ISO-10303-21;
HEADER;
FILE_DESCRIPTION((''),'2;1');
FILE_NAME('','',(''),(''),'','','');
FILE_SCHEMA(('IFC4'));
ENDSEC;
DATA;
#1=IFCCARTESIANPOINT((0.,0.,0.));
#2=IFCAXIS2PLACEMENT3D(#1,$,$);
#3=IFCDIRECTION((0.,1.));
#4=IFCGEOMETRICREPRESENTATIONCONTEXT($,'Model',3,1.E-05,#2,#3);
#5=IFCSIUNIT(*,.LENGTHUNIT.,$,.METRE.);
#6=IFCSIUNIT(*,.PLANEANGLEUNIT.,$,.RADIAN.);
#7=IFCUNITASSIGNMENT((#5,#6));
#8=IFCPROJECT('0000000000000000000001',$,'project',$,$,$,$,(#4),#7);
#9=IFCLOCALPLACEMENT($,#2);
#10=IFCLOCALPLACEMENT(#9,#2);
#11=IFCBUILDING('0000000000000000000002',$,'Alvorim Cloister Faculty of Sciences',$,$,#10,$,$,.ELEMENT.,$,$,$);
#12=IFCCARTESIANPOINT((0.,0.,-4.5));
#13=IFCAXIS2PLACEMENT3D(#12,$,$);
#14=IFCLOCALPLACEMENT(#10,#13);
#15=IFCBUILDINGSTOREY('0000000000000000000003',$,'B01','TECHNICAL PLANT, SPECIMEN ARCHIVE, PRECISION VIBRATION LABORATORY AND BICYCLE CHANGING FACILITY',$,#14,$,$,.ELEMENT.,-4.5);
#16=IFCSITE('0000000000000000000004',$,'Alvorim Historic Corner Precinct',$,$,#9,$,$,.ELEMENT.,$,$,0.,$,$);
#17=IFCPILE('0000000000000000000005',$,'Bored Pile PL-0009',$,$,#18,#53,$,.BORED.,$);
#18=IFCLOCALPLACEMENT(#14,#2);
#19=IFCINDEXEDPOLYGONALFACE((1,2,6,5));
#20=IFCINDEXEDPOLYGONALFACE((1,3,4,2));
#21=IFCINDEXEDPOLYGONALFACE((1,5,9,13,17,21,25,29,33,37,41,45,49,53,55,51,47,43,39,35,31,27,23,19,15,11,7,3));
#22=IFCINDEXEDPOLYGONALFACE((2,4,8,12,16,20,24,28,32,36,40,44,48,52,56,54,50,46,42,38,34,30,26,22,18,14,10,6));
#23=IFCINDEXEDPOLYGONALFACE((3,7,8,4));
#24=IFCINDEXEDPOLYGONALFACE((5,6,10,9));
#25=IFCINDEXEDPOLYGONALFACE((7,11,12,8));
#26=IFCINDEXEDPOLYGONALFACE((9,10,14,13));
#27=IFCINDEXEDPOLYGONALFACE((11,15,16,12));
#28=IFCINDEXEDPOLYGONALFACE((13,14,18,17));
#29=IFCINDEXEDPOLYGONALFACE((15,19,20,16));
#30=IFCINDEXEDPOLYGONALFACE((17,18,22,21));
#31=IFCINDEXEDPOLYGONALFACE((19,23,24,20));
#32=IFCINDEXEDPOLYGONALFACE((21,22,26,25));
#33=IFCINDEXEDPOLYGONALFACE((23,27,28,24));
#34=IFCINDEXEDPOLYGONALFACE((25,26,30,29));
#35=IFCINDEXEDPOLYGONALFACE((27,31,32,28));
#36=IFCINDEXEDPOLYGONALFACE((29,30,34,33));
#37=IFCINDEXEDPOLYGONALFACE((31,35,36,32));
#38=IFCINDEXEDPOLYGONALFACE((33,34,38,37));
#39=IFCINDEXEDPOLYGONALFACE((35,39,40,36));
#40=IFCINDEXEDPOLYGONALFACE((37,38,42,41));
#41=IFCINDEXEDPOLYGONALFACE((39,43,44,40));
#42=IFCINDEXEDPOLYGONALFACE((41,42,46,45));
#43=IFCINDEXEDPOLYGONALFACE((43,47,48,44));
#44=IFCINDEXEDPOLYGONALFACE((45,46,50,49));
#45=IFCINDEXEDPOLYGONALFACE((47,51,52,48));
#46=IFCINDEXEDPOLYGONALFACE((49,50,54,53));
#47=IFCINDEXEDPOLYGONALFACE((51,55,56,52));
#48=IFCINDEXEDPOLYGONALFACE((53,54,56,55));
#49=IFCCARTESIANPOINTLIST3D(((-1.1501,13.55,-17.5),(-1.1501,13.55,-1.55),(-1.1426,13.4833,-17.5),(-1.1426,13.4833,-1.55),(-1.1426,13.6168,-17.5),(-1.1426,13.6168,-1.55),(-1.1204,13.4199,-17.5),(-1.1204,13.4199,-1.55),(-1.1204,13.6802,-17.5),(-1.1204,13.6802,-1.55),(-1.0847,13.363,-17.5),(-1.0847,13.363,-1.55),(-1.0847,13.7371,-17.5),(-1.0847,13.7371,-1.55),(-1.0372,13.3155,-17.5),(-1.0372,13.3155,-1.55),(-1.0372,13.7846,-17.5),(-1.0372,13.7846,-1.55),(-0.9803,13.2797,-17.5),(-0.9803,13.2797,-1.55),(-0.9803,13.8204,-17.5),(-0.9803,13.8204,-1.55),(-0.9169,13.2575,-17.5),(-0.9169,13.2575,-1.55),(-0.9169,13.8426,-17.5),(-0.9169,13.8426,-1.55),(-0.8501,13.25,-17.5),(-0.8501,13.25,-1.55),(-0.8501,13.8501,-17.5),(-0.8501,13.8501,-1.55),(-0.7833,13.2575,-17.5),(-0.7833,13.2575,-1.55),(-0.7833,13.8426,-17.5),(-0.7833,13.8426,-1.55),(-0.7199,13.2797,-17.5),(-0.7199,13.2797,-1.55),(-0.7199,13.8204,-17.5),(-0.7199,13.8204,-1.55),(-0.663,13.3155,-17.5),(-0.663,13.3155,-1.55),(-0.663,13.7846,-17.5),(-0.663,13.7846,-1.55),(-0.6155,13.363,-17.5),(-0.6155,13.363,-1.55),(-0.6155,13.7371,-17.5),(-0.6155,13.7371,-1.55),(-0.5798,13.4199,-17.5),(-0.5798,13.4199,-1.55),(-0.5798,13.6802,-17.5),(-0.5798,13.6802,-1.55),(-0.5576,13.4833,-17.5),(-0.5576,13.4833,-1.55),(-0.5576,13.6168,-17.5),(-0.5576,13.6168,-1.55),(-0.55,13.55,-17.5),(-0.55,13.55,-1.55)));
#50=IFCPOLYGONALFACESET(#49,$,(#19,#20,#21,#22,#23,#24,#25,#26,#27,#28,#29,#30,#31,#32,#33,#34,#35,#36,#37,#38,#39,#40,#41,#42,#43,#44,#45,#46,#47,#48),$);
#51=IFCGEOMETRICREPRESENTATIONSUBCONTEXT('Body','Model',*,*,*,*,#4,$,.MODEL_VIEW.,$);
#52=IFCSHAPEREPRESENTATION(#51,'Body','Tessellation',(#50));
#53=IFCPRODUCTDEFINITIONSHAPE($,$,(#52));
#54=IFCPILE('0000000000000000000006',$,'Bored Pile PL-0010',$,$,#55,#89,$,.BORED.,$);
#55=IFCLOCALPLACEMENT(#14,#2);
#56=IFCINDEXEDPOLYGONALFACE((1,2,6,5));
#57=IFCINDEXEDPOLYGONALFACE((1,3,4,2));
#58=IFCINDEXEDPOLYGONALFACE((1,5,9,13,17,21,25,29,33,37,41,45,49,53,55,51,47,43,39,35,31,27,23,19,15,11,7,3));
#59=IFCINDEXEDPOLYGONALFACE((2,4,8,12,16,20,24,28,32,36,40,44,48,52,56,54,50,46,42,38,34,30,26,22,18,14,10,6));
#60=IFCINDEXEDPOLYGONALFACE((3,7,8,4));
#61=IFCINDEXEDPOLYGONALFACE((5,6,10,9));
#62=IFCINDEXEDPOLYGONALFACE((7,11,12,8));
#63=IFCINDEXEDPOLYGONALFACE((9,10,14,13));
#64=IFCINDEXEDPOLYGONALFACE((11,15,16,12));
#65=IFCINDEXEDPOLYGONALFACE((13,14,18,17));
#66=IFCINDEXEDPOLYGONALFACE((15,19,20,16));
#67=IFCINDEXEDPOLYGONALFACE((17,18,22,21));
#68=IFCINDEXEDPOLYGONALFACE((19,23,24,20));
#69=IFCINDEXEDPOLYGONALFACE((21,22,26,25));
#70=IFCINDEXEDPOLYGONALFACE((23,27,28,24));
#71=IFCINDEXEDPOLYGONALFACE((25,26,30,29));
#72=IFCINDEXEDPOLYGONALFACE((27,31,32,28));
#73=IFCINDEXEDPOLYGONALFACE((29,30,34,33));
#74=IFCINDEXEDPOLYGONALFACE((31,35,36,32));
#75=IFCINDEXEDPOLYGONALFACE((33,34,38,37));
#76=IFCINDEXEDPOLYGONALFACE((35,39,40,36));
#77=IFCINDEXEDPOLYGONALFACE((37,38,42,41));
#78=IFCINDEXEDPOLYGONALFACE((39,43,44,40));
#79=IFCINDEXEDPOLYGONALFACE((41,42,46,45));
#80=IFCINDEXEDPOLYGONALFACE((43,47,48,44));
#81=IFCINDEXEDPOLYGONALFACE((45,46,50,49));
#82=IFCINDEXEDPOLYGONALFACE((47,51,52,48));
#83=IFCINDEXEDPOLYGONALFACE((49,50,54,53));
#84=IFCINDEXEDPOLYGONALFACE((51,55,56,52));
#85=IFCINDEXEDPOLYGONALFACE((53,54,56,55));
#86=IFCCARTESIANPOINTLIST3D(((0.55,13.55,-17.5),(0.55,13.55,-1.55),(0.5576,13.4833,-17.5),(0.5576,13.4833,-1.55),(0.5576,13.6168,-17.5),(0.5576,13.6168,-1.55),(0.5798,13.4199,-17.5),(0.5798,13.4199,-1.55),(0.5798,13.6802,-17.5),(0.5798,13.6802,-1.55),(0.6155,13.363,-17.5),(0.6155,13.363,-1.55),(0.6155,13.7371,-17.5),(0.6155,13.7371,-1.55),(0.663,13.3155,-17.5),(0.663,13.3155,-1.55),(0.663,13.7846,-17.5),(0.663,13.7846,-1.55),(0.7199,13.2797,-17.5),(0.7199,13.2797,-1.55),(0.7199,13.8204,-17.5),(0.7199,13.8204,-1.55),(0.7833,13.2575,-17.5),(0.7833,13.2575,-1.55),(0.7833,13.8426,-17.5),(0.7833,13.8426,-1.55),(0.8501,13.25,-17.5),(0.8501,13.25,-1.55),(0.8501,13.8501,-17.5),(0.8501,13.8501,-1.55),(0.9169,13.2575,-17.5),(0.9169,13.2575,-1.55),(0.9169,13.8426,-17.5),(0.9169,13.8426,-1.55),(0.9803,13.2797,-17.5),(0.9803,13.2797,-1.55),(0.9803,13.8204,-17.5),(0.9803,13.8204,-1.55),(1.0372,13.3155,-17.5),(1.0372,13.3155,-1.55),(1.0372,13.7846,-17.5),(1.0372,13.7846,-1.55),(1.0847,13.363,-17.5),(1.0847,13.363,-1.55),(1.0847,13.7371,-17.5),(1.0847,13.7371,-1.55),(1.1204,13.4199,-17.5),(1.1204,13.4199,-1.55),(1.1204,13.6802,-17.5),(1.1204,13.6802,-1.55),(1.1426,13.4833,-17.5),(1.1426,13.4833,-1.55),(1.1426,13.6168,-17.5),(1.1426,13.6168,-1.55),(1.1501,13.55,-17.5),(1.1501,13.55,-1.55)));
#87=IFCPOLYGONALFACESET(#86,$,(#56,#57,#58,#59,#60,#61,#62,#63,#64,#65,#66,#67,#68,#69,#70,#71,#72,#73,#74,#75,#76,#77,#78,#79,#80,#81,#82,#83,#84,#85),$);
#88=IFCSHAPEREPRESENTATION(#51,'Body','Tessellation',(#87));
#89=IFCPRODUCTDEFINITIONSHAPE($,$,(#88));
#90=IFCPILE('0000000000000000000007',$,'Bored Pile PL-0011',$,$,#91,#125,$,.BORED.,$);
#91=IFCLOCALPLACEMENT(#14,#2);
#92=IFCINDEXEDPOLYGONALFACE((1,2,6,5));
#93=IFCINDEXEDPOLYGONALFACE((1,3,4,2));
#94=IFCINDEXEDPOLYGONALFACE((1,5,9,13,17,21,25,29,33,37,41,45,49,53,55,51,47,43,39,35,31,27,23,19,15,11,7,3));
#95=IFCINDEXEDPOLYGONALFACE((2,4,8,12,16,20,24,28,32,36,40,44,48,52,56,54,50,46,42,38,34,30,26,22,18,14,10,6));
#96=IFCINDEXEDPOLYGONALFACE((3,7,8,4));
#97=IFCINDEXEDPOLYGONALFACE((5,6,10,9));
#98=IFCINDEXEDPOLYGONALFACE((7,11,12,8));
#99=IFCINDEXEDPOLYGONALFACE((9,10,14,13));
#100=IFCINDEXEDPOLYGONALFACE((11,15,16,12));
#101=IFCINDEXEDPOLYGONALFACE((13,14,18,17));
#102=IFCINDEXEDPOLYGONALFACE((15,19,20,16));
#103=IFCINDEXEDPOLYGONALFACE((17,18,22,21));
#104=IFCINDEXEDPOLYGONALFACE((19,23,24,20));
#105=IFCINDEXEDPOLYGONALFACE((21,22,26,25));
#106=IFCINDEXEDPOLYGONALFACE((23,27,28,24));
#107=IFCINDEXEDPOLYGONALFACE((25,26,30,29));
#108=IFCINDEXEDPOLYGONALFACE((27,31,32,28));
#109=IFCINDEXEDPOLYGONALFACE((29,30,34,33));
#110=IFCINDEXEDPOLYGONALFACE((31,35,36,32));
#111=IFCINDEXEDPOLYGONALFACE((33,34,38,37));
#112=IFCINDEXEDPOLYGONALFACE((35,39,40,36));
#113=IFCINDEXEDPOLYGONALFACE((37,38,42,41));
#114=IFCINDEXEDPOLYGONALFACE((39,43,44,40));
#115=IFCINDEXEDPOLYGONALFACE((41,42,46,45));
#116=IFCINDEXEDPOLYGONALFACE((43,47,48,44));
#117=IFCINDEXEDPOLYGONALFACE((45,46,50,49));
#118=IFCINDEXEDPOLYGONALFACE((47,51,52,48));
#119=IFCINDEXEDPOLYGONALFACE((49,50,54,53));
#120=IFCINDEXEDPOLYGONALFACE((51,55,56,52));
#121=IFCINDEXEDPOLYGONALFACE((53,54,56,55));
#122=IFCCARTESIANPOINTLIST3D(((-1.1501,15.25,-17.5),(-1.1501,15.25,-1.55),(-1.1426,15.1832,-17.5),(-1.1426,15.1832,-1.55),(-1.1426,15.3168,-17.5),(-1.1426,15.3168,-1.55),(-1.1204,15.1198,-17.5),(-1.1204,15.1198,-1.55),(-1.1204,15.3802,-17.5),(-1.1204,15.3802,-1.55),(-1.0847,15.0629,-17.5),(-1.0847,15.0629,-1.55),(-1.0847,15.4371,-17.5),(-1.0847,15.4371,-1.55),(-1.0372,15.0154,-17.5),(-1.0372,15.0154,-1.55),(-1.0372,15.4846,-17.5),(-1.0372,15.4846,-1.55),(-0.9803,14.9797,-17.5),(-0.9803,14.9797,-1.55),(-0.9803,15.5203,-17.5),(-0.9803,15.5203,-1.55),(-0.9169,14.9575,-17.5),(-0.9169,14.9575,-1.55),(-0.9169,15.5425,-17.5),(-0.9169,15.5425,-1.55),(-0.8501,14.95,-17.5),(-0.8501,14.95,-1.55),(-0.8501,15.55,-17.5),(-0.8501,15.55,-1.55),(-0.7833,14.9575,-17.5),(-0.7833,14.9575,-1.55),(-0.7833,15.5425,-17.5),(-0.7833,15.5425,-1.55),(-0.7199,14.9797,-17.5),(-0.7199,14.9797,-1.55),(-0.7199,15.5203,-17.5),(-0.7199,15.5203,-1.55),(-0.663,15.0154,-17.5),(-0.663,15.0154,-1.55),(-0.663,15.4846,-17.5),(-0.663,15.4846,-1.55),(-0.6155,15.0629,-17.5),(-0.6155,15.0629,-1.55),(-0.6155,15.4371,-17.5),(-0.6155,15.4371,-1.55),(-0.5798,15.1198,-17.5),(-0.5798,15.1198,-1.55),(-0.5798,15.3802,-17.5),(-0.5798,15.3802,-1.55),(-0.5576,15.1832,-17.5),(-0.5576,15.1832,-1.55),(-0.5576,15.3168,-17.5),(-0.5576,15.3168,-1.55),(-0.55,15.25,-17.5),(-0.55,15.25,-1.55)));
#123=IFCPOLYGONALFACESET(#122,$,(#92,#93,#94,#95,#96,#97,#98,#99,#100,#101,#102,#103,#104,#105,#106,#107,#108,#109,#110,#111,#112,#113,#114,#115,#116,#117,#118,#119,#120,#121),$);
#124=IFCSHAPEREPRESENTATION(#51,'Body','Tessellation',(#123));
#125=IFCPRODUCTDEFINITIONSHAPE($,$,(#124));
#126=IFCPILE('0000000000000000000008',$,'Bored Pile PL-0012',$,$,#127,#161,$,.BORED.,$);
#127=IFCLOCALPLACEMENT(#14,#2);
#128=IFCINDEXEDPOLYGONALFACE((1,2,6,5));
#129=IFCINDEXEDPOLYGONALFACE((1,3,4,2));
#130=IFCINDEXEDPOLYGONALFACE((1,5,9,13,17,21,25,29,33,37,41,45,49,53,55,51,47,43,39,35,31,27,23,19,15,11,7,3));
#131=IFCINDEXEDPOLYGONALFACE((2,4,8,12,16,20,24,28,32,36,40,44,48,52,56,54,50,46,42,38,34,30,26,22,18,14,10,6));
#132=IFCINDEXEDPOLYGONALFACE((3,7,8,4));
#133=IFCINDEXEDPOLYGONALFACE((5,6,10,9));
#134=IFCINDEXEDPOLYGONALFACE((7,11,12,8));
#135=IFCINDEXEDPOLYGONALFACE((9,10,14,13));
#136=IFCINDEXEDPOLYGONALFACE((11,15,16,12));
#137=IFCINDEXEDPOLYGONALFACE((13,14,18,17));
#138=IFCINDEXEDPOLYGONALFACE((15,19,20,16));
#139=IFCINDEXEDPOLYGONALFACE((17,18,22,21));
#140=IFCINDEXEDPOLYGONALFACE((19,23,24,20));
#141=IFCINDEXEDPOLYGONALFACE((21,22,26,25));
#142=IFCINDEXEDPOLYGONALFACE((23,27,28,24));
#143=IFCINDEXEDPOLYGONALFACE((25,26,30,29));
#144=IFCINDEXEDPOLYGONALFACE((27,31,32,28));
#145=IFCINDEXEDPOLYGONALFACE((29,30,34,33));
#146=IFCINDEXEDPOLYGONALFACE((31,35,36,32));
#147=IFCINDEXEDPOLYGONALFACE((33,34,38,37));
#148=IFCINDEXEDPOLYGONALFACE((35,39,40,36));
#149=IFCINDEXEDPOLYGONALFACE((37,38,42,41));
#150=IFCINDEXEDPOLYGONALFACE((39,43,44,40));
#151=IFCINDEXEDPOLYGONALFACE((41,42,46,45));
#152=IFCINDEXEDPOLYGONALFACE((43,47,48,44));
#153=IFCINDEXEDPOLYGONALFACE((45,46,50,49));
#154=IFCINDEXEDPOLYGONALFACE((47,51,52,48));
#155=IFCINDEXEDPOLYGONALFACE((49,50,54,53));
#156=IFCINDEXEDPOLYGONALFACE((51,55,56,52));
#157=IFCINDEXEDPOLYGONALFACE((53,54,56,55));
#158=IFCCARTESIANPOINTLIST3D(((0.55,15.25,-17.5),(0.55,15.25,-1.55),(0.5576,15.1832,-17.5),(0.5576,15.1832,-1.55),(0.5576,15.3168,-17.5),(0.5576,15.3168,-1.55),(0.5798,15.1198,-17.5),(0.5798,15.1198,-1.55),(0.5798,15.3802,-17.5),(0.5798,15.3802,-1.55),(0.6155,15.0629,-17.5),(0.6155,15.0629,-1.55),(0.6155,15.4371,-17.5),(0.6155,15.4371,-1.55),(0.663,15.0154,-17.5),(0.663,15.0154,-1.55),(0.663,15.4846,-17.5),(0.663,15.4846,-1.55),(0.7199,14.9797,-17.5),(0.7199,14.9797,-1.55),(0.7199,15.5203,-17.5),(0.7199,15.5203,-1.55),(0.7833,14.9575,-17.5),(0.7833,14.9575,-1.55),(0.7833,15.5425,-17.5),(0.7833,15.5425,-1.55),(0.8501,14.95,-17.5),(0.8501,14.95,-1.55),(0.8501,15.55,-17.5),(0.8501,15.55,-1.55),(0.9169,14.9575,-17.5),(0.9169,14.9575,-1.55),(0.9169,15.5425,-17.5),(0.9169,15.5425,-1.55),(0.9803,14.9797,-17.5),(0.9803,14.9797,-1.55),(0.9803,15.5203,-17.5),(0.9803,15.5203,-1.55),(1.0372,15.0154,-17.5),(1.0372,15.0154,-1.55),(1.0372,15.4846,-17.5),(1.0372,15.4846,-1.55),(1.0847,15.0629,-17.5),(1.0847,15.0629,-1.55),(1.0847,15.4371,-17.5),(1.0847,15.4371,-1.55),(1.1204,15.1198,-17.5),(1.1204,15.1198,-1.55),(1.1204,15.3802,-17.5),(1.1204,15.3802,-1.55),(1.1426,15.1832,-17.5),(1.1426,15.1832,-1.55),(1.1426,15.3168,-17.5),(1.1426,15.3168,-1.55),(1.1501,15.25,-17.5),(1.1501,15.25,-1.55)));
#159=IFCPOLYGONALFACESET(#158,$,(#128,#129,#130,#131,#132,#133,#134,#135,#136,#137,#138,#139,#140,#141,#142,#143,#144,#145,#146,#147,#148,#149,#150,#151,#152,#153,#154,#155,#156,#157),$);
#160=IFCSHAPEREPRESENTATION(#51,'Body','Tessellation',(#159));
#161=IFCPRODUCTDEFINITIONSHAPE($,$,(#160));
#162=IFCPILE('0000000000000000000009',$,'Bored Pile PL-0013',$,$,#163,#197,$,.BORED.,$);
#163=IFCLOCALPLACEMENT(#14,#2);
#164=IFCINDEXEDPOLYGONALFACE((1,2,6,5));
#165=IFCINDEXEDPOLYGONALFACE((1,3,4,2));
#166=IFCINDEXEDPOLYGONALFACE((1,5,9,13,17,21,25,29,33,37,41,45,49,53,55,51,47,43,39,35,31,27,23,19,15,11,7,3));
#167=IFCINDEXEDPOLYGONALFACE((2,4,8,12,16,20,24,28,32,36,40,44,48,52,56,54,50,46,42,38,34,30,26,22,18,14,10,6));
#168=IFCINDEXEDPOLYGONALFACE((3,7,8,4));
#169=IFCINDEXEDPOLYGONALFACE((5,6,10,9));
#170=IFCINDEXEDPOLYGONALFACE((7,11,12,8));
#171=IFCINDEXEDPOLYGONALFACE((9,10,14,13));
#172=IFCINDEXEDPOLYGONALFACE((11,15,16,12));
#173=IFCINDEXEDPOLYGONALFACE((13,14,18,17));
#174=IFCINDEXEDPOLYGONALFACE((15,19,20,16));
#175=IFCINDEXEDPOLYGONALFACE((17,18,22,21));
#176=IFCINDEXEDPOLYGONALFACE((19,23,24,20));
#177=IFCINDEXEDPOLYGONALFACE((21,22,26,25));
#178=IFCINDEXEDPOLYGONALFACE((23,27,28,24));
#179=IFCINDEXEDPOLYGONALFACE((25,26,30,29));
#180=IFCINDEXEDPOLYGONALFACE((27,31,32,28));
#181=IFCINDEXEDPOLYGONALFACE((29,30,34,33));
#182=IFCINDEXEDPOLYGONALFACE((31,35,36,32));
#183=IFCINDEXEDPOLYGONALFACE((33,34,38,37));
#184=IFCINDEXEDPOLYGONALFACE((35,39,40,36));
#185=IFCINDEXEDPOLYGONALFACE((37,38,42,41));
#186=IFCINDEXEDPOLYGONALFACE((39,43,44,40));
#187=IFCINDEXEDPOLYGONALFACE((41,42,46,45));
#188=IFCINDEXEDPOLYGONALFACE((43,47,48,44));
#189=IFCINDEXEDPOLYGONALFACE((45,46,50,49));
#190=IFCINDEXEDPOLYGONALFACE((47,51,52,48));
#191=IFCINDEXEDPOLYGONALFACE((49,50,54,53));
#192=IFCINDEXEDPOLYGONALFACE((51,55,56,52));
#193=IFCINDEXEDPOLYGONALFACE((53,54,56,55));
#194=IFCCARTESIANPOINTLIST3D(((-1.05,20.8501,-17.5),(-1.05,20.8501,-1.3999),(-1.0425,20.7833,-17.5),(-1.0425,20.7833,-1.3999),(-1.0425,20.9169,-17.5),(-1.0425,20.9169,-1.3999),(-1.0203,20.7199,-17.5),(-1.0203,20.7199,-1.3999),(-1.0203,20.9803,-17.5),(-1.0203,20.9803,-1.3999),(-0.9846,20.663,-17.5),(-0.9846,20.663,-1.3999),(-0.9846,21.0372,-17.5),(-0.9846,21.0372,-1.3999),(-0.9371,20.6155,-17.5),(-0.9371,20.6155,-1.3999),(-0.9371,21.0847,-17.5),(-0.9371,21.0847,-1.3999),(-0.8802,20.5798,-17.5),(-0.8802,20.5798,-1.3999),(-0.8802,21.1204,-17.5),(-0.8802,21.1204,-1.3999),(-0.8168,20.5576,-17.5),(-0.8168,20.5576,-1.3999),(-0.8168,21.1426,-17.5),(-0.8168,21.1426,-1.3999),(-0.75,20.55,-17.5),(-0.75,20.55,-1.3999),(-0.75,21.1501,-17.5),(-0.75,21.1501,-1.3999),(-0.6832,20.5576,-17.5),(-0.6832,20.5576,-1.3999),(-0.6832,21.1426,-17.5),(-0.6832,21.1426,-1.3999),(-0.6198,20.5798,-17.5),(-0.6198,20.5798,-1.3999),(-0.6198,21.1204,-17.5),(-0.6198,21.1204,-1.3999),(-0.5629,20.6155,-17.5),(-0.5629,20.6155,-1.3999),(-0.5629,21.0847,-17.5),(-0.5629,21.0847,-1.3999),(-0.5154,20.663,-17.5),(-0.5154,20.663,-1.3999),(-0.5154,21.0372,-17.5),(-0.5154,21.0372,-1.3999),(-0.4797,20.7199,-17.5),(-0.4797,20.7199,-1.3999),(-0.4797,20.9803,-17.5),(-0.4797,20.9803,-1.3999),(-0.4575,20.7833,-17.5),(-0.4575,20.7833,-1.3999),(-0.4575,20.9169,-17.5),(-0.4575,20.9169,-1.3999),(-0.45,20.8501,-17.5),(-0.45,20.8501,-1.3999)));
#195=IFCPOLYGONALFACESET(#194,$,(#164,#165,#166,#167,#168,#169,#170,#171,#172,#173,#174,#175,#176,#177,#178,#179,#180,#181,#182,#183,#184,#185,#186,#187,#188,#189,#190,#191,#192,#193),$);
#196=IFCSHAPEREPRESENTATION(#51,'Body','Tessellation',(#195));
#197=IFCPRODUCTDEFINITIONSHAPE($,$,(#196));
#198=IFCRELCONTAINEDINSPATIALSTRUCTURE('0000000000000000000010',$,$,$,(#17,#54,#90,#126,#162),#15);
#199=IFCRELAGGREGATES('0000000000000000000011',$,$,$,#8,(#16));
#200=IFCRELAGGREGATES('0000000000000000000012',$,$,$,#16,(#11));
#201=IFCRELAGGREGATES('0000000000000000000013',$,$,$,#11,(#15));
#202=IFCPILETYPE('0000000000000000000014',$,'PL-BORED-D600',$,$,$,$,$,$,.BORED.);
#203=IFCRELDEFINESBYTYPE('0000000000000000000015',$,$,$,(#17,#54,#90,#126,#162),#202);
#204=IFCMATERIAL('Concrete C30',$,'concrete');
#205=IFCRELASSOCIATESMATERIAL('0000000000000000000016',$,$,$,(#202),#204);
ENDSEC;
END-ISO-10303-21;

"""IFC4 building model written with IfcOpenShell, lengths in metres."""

from ifc_helpers import new_model, si_unit, direction, frame, origin, origin_2d, place, context, subcontext, project, spatial, circle, extrude, material, material_profile, profile_set, type_object, element, save


model = new_model("IFC4")

# Units and contexts
model_context = context("Model", 3, precision=1e-05, world=origin(), true_north=direction((0.0, 1.0)))
body_context = subcontext(model_context, "Body", "Model", "MODEL_VIEW")
ifc_project = project(units=[si_unit("LENGTHUNIT", "METRE"), si_unit("PLANEANGLEUNIT", "RADIAN")], contexts=[model_context])

# Site, building, storey
site_placement = place(None, origin())
site = spatial("IfcSite", under=ifc_project, at=site_placement, Name="Alvorim Historic Corner Precinct", CompositionType="ELEMENT", RefElevation=0.0)
building_placement = place(site_placement, origin())
building = spatial("IfcBuilding", under=site, at=building_placement, Name="Alvorim Cloister Faculty of Sciences", CompositionType="ELEMENT")
storey_placement = place(building_placement, frame((0.0, 0.0, -4.5)))
storey = spatial("IfcBuildingStorey", under=building, at=storey_placement, Name="B01", Description="TECHNICAL PLANT, SPECIMEN ARCHIVE, PRECISION VIBRATION LABORATORY AND BICYCLE CHANGING FACILITY", CompositionType="ELEMENT", Elevation=-4.5)

# Piles
ifc_material_1 = material(Name="Concrete C30", Category="concrete")
ifc_material_profile_1 = material_profile(ifc_material_1, circle(Radius=0.3, at=origin_2d()), Name="PILE-D600")
ifc_profile_set_1 = profile_set([ifc_material_profile_1], Name="Concrete C30")
pile_type_1 = type_object("IfcPileType", Name="PL-BORED-D600", PredefinedType="BORED", material=ifc_profile_set_1)
for number, where, z_axis, x_axis, name in (
    (1, (-0.8501, 13.55, -1.55), (0.0, 0.0, -1.0), (1.0, 0.0, 0.0), "Bored Pile PL-0009"),
    (2, (0.8501, 13.55, -1.55), (0.0, 0.0, -1.0), (1.0, 0.0, 0.0), "Bored Pile PL-0010"),
    (3, (-0.8501, 15.25, -1.55), (0.0, 0.0, -1.0), (1.0, 0.0, 0.0), "Bored Pile PL-0011"),
    (4, (0.8501, 15.25, -1.55), (0.0, 0.0, -1.0), (1.0, 0.0, 0.0), "Bored Pile PL-0012"),
):
    element("IfcPile", number, at=place(storey_placement, frame(where, z_axis=z_axis, x_axis=x_axis)), inside=storey, type_object=pile_type_1, Name=name, PredefinedType="BORED", context=body_context, shape_type="SweptSolid", body=[
        extrude(circle(Radius=0.3, at=origin_2d()), origin(), (0.0, 0.0, 1.0), 15.95),
    ])
for number, where, z_axis, x_axis, name in (
    (5, (-0.75, 20.8501, -1.3999), (0.0, 0.0, -1.0), (1.0, 0.0, 0.0), "Bored Pile PL-0013"),
):
    element("IfcPile", number, at=place(storey_placement, frame(where, z_axis=z_axis, x_axis=x_axis)), inside=storey, type_object=pile_type_1, Name=name, PredefinedType="BORED", context=body_context, shape_type="SweptSolid", body=[
        extrude(circle(Radius=0.3, at=origin_2d()), origin(), (0.0, 0.0, 1.0), 16.1001),
    ])

save(model, "model.ifc")
